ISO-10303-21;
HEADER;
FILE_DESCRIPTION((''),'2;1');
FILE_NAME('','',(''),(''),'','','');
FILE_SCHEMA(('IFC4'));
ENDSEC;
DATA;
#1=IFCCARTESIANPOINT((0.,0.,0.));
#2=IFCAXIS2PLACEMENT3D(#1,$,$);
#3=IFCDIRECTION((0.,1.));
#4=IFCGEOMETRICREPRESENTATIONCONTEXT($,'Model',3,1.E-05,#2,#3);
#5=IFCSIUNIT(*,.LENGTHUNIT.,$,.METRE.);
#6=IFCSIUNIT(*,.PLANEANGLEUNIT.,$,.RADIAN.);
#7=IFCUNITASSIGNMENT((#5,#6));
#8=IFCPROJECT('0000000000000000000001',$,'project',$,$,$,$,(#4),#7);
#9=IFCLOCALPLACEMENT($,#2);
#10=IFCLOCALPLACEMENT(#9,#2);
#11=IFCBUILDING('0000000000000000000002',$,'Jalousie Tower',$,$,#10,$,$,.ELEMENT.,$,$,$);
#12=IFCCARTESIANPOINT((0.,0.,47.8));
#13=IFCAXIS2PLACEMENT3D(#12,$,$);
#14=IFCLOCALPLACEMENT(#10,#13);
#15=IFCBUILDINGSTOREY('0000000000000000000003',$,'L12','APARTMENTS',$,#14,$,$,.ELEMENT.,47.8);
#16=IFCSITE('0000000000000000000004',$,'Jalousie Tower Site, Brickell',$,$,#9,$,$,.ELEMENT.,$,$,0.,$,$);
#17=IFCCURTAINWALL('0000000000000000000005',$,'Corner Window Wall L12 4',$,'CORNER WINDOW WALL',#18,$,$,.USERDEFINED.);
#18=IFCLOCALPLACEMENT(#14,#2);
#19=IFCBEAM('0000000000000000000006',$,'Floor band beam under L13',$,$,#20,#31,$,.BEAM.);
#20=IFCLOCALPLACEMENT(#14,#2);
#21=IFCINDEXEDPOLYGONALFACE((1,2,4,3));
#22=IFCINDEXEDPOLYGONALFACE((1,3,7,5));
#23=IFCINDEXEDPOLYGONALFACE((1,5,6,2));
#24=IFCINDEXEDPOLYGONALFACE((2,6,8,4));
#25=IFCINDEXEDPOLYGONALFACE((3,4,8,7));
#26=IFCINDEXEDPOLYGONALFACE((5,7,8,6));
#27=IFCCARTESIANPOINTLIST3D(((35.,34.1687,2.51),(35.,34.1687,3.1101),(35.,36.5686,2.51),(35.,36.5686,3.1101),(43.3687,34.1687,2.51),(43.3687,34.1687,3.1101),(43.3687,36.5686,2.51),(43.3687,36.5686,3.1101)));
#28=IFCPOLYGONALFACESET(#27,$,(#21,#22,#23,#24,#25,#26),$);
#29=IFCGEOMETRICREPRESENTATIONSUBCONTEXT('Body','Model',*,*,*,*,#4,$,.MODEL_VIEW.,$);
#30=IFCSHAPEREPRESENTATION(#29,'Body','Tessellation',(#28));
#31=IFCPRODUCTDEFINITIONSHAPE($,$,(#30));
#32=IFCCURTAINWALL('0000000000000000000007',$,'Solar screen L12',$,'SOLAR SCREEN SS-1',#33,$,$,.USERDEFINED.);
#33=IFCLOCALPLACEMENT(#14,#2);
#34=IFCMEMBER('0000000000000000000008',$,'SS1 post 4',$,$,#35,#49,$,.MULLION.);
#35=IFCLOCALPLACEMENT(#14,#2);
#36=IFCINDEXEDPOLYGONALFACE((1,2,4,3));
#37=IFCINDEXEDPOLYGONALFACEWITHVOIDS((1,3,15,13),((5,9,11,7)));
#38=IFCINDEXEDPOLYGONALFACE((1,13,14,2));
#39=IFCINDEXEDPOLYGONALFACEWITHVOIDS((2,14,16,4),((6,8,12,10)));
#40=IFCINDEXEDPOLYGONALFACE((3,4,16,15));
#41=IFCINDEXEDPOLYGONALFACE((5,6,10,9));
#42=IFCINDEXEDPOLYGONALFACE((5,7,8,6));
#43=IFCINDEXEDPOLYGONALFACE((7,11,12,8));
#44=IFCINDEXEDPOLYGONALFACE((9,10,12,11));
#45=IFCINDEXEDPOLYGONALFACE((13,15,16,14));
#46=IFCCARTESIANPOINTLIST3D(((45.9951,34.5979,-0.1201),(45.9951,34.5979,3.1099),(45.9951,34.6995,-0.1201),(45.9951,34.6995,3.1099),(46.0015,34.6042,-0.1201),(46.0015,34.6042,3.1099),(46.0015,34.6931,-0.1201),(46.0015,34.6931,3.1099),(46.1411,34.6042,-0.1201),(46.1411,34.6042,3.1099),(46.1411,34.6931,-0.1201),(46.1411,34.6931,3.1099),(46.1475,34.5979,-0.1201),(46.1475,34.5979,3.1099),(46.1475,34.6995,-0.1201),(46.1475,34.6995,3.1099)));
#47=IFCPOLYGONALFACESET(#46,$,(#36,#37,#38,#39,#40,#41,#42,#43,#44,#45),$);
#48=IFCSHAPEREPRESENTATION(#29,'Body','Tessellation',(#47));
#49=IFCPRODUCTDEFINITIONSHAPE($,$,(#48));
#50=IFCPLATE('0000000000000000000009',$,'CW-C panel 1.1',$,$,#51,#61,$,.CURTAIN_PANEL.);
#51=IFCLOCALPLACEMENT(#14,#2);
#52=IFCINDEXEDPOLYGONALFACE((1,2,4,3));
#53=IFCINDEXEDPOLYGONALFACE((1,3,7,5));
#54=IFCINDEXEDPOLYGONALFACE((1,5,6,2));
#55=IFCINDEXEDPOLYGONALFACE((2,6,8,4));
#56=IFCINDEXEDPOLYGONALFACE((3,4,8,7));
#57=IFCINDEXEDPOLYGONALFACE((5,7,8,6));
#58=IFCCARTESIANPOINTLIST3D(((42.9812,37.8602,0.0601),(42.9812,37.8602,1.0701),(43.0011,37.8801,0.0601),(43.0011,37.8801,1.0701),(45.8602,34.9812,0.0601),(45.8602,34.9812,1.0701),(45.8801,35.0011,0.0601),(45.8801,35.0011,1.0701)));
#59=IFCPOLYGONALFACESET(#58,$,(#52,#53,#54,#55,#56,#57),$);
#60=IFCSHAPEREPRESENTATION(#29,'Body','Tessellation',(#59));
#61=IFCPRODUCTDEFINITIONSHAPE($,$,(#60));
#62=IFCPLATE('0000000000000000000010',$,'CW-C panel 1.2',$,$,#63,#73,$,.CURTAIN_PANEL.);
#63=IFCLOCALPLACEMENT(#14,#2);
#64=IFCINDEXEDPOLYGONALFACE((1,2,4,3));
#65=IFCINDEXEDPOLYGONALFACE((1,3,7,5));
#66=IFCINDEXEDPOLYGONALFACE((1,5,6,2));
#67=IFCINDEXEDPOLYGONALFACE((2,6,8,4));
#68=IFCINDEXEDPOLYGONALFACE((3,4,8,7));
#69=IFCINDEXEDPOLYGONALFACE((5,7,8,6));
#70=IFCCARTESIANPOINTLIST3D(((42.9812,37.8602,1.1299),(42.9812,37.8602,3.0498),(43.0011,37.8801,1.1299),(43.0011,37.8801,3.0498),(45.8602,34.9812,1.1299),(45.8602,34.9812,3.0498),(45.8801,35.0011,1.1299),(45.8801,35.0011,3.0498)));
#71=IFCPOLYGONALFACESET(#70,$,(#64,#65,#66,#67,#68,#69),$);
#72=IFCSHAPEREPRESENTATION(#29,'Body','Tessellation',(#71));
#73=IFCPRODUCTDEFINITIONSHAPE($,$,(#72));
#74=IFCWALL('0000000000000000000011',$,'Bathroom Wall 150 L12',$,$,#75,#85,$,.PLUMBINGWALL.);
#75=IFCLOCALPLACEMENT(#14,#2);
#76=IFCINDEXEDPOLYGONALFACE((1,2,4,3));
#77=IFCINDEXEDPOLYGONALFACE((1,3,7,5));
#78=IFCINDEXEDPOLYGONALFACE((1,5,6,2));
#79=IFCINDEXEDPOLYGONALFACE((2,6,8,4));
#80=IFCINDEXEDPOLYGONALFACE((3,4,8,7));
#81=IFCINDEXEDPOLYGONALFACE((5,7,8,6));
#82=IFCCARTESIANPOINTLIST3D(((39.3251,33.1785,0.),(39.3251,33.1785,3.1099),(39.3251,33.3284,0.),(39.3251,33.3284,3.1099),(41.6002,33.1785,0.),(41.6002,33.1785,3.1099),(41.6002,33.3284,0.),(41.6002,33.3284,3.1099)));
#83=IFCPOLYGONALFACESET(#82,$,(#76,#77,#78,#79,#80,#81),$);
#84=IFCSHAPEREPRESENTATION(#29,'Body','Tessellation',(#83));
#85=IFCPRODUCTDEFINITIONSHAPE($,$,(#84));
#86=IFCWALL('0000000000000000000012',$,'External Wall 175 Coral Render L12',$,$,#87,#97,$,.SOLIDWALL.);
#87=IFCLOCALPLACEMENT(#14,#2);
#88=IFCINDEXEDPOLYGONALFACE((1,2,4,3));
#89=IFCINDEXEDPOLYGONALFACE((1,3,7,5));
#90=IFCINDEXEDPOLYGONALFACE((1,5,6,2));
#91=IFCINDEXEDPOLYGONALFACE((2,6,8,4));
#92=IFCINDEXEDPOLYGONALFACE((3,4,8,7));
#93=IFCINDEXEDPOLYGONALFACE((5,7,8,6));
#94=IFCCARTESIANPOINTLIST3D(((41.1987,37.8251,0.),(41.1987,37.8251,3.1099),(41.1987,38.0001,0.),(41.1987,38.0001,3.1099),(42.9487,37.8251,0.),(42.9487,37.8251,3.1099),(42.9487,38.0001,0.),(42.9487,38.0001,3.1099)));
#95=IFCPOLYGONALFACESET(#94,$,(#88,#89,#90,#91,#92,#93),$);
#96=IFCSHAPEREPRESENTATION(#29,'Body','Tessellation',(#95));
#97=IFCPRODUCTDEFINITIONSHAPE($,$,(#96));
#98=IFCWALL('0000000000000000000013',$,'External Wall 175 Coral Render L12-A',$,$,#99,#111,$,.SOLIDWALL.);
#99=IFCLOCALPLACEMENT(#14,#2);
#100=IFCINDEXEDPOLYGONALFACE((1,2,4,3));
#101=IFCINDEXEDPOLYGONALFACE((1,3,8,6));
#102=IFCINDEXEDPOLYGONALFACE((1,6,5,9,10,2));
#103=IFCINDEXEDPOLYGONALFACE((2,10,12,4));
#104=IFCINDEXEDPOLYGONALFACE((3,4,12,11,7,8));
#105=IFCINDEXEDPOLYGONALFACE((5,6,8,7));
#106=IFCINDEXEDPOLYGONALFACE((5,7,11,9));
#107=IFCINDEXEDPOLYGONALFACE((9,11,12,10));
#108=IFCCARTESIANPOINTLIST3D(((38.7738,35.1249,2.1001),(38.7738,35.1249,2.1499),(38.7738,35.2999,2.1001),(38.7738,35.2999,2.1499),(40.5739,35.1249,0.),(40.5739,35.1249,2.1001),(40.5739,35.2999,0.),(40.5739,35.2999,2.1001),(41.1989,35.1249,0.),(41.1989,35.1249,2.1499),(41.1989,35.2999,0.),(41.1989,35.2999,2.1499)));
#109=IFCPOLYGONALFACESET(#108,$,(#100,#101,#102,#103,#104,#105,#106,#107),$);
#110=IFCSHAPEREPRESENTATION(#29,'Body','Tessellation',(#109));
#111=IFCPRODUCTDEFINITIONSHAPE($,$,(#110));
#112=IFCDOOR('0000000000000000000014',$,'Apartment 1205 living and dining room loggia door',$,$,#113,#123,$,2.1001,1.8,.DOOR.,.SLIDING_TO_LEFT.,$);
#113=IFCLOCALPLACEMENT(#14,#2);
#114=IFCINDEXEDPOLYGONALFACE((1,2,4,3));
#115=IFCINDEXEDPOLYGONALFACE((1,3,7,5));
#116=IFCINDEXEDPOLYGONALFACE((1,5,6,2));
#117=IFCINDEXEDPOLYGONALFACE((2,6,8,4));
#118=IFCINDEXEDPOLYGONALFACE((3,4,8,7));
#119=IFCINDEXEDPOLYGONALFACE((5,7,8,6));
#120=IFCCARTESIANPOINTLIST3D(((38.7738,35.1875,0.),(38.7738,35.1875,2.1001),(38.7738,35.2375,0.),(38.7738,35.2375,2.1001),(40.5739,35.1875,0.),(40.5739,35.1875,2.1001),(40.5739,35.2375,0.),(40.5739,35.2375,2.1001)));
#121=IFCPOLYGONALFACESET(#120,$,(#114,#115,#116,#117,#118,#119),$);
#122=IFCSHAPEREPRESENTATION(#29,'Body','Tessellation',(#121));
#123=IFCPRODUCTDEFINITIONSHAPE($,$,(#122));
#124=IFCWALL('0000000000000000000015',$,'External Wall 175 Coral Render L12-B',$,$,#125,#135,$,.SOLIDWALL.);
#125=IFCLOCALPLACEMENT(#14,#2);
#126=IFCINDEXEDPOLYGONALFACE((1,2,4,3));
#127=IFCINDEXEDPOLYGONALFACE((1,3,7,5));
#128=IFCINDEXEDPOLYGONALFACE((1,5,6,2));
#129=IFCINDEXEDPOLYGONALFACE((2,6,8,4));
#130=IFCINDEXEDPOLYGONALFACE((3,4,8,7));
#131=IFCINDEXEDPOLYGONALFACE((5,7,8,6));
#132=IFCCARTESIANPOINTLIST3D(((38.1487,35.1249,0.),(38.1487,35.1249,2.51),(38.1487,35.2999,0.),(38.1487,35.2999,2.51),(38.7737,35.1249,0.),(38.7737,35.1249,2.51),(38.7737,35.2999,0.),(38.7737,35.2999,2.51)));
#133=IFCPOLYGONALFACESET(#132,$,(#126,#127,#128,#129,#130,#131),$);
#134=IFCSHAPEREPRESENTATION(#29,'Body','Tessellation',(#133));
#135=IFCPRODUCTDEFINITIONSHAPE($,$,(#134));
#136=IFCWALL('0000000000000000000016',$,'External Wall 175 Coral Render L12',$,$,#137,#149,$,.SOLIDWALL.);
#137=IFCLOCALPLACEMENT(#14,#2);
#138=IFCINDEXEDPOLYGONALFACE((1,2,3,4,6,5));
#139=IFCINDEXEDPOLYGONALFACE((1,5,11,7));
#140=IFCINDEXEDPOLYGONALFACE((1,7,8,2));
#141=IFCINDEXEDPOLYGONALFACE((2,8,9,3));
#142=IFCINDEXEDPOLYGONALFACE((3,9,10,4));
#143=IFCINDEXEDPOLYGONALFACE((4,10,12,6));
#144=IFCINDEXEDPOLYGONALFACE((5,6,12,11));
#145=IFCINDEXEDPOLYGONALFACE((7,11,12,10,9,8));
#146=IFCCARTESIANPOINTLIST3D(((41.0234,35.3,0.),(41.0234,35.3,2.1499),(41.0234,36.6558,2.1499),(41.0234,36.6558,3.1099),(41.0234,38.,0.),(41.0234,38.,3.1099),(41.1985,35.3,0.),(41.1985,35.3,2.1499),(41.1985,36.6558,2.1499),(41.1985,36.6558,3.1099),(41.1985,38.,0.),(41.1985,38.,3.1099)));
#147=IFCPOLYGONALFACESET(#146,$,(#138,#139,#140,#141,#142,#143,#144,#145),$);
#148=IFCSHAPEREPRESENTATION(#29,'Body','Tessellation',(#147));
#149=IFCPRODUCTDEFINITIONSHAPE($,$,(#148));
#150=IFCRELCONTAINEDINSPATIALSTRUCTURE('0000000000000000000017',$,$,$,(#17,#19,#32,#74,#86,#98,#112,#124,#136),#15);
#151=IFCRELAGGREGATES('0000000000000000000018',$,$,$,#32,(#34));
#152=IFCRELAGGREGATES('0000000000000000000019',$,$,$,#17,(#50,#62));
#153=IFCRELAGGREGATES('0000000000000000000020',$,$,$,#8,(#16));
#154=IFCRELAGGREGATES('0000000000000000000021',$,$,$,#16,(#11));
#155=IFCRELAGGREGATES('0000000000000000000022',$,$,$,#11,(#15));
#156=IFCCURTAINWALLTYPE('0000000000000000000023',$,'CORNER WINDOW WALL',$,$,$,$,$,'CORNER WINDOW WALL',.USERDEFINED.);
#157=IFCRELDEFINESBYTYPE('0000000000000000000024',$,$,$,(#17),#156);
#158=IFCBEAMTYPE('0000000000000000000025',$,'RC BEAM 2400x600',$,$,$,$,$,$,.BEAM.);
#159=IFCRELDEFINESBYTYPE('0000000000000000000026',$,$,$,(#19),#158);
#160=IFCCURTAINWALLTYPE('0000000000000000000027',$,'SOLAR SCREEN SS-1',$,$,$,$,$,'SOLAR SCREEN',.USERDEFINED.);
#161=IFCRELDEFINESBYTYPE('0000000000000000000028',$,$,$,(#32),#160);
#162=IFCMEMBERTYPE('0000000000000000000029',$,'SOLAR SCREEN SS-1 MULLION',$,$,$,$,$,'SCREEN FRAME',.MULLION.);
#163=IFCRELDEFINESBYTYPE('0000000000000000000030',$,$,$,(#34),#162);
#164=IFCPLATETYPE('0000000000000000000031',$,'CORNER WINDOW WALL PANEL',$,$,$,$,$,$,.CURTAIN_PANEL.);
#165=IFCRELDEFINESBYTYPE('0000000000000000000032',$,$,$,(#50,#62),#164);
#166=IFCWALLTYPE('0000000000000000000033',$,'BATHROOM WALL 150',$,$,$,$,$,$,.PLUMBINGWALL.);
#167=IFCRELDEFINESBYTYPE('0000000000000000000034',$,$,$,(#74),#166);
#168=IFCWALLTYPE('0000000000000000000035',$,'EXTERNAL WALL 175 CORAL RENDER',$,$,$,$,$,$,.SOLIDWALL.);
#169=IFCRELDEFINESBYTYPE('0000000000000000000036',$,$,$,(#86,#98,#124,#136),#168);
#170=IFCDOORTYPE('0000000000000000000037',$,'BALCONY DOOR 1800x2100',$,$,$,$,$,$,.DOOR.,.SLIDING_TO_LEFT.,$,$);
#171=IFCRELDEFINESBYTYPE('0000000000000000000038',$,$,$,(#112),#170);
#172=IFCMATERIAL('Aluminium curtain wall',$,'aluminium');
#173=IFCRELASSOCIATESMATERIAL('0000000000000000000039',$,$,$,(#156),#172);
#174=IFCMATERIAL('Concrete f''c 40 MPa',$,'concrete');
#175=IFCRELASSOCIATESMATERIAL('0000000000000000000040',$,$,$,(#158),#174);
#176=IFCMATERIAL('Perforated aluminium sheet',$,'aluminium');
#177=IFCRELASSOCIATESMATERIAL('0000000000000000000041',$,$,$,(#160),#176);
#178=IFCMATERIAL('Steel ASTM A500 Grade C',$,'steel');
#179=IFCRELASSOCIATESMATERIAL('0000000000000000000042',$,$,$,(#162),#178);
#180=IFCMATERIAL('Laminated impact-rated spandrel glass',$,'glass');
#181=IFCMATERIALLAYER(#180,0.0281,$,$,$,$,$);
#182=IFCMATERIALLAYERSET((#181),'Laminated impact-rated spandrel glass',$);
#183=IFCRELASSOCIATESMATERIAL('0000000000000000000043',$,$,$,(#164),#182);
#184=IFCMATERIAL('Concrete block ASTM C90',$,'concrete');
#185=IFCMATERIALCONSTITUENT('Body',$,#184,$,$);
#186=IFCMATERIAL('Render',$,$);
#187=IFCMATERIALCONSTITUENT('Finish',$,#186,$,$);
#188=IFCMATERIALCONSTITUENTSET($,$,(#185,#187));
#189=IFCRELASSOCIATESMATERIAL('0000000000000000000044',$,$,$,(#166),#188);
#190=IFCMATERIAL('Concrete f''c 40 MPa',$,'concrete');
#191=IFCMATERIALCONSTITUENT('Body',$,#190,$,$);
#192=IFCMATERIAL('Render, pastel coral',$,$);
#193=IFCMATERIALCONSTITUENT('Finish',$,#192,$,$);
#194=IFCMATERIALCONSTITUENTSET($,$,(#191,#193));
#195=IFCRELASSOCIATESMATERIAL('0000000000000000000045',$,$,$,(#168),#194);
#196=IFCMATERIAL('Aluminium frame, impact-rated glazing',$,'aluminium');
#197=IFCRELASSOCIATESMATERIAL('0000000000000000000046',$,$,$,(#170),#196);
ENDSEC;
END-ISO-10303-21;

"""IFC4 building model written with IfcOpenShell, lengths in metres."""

from ifc_helpers import new_model, si_unit, direction, frame, frame_2d, origin, origin_2d, place, context, subcontext, project, spatial, polyline, rectangle, hollow_rectangle, outline, extrude, material, layer, layer_set, constituent, constituent_set, material_profile, profile_set, type_object, element, fill, aggregate, save


model = new_model("IFC4")

# Units and contexts
model_context = context("Model", 3, precision=1e-05, world=origin(), true_north=direction((0.0, 1.0)))
body_context = subcontext(model_context, "Body", "Model", "MODEL_VIEW")
ifc_project = project(units=[si_unit("LENGTHUNIT", "METRE"), si_unit("PLANEANGLEUNIT", "RADIAN")], contexts=[model_context])

# Site, building, storey
site_placement = place(None, origin())
site = spatial("IfcSite", under=ifc_project, at=site_placement, Name="Jalousie Tower Site, Brickell", CompositionType="ELEMENT", RefElevation=0.0)
building_placement = place(site_placement, origin())
building = spatial("IfcBuilding", under=site, at=building_placement, Name="Jalousie Tower", CompositionType="ELEMENT")
storey_placement = place(building_placement, frame((0.0, 0.0, 47.8)))
storey = spatial("IfcBuildingStorey", under=building, at=storey_placement, Name="L12", Description="APARTMENTS", CompositionType="ELEMENT", Elevation=47.8)

# Curtain wall
ifc_material_1 = material(Name="Aluminium curtain wall", Category="aluminium")
curtain_wall_type_1 = type_object("IfcCurtainWallType", Name="CORNER WINDOW WALL", ElementType="CORNER WINDOW WALL", PredefinedType="USERDEFINED", material=ifc_material_1)
curtain_wall_1_placement = place(storey_placement, origin())
curtain_wall_1 = element("IfcCurtainWall", 1, at=curtain_wall_1_placement, inside=storey, type_object=curtain_wall_type_1, Name="Corner Window Wall L12 4", ObjectType="CORNER WINDOW WALL", PredefinedType="USERDEFINED")

# Beam
ifc_material_2 = material(Name="Concrete f'c 40 MPa", Category="concrete")
ifc_material_profile_1 = material_profile(ifc_material_2, rectangle(XDim=2.3999, YDim=0.6001, at=origin_2d()), Name="RC 2400x600")
ifc_profile_set_1 = profile_set([ifc_material_profile_1], Name="Concrete f'c 40 MPa")
beam_type_1 = type_object("IfcBeamType", Name="RC BEAM 2400x600", PredefinedType="BEAM", material=ifc_profile_set_1)
beam_1_placement = place(storey_placement, frame((43.3687, 35.3687, 2.8101), z_axis=(-1.0, 0.0, 0.0), x_axis=(0.0, -1.0, 0.0)))
element("IfcBeam", 2, at=beam_1_placement, inside=storey, type_object=beam_type_1, Name="Floor band beam under L13", PredefinedType="BEAM", context=body_context, shape_type="SweptSolid", body=[
    extrude(rectangle(XDim=2.3999, YDim=0.6001, at=origin_2d()), origin(), (0.0, 0.0, 1.0), 8.3687),
])

# Curtain wall, member
ifc_material_3 = material(Name="Perforated aluminium sheet", Category="aluminium")
curtain_wall_type_2 = type_object("IfcCurtainWallType", Name="SOLAR SCREEN SS-1", ElementType="SOLAR SCREEN", PredefinedType="USERDEFINED", material=ifc_material_3)
curtain_wall_2_placement = place(storey_placement, origin())
curtain_wall_2 = element("IfcCurtainWall", 3, at=curtain_wall_2_placement, inside=storey, type_object=curtain_wall_type_2, Name="Solar screen L12", ObjectType="SOLAR SCREEN SS-1", PredefinedType="USERDEFINED")
ifc_material_4 = material(Name="Steel ASTM A500 Grade C", Category="steel")
ifc_material_profile_2 = material_profile(ifc_material_4, hollow_rectangle(XDim=0.1016, YDim=0.1523, WallThickness=0.0063, at=origin_2d()), Name="HSS6X4X1/4")
ifc_profile_set_2 = profile_set([ifc_material_profile_2], Name="Steel ASTM A500 Grade C")
member_type_1 = type_object("IfcMemberType", Name="SOLAR SCREEN SS-1 MULLION", ElementType="SCREEN FRAME", PredefinedType="MULLION", material=ifc_profile_set_2)
member_1_placement = place(storey_placement, frame((46.0713, 34.6487, -0.1201), z_axis=(0.0, 0.0, 1.0), x_axis=(0.0, 1.0, 0.0)))
member_1 = element("IfcMember", 4, at=member_1_placement, type_object=member_type_1, Name="SS1 post 4", PredefinedType="MULLION", context=body_context, shape_type="SweptSolid", body=[
    extrude(hollow_rectangle(XDim=0.1016, YDim=0.1523, WallThickness=0.0063, at=origin_2d()), origin(), (0.0, 0.0, 1.0), 3.23),
])
aggregate(curtain_wall_2, [member_1])

# Plates
ifc_material_5 = material(Name="Laminated impact-rated spandrel glass", Category="glass")
ifc_layer_1 = layer(ifc_material_5, 0.0281)
ifc_layer_set_1 = layer_set([ifc_layer_1], Name="Laminated impact-rated spandrel glass")
plate_type = type_object("IfcPlateType", Name="CORNER WINDOW WALL PANEL", PredefinedType="CURTAIN_PANEL", material=ifc_layer_set_1)
plate_1_placement = place(storey_placement, frame((44.4307, 36.4307, 0.0601), z_axis=(0.0, 0.0, 1.0), x_axis=(-0.707107, 0.707107, 0.0)))
plate_1 = element("IfcPlate", 5, at=plate_1_placement, type_object=plate_type, Name="CW-C panel 1.1", PredefinedType="CURTAIN_PANEL", context=body_context, shape_type="SweptSolid", body=[
    extrude(rectangle(XDim=4.0715, YDim=0.0281, at=origin_2d()), origin(), (0.0, 0.0, 1.0), 1.01),
])
plate_2_placement = place(storey_placement, frame((44.4307, 36.4307, 1.1299), z_axis=(0.0, 0.0, 1.0), x_axis=(-0.707107, 0.707107, 0.0)))
plate_2 = element("IfcPlate", 6, at=plate_2_placement, type_object=plate_type, Name="CW-C panel 1.2", PredefinedType="CURTAIN_PANEL", context=body_context, shape_type="SweptSolid", body=[
    extrude(rectangle(XDim=4.0715, YDim=0.0281, at=origin_2d()), origin(), (0.0, 0.0, 1.0), 1.9199),
])
aggregate(curtain_wall_1, [plate_1, plate_2])

# Walls
ifc_material_6 = material(Name="Concrete block ASTM C90", Category="concrete")
ifc_constituent_1 = constituent(ifc_material_6, Name="Body")
ifc_material_7 = material(Name="Render")
ifc_constituent_2 = constituent(ifc_material_7, Name="Finish")
ifc_constituent_set_1 = constituent_set(constituents=[ifc_constituent_1, ifc_constituent_2])
wall_type_1 = type_object("IfcWallType", Name="BATHROOM WALL 150", PredefinedType="PLUMBINGWALL", material=ifc_constituent_set_1)
wall_1_placement = place(storey_placement, frame((39.325, 33.2534, 0.0), z_axis=(0.0, 0.0, 1.0), x_axis=(1.0, 0.0, 0.0)))
element("IfcWall", 7, at=wall_1_placement, inside=storey, type_object=wall_type_1, Name="Bathroom Wall 150 L12", PredefinedType="PLUMBINGWALL", context=body_context, shape_type="SweptSolid", body=[
    extrude(rectangle(XDim=2.2751, YDim=0.1499, at=frame_2d((1.1377, 0.0))), origin(), (0.0, 0.0, 1.0), 3.1099),
])
ifc_material_8 = material(Name="Concrete f'c 40 MPa", Category="concrete")
ifc_constituent_3 = constituent(ifc_material_8, Name="Body")
ifc_material_9 = material(Name="Render, pastel coral")
ifc_constituent_4 = constituent(ifc_material_9, Name="Finish")
ifc_constituent_set_2 = constituent_set(constituents=[ifc_constituent_3, ifc_constituent_4])
wall_type_2 = type_object("IfcWallType", Name="EXTERNAL WALL 175 CORAL RENDER", PredefinedType="SOLIDWALL", material=ifc_constituent_set_2)
wall_2_placement = place(storey_placement, frame((42.9487, 37.9126, 0.0), z_axis=(0.0, 0.0, 1.0), x_axis=(-1.0, 0.0, 0.0)))
element("IfcWall", 8, at=wall_2_placement, inside=storey, type_object=wall_type_2, Name="External Wall 175 Coral Render L12", PredefinedType="SOLIDWALL", context=body_context, shape_type="SweptSolid", body=[
    extrude(rectangle(XDim=1.75, YDim=0.175, at=frame_2d((0.875, 0.0))), origin(), (0.0, 0.0, 1.0), 3.1099),
])

# Wall, opening, door
wall_3_placement = place(storey_placement, frame((41.1987, 35.2124, 0.0), z_axis=(0.0, 0.0, 1.0), x_axis=(-1.0, 0.0, 0.0)))
wall_3 = element("IfcWall", 9, at=wall_3_placement, inside=storey, type_object=wall_type_2, Name="External Wall 175 Coral Render L12-A", PredefinedType="SOLIDWALL", context=body_context, shape_type="SweptSolid", body=[
    extrude(rectangle(XDim=2.425, YDim=0.175, at=frame_2d((1.2124, 0.0))), origin(), (0.0, 0.0, 1.0), 2.1499),
])
opening_1_placement = place(wall_3_placement, frame((0.625, 0.0, 0.0)))
opening_1 = element("IfcOpeningElement", 10, at=opening_1_placement, cuts=wall_3, PredefinedType="OPENING", context=body_context, shape_type="SweptSolid", body=[
    extrude(rectangle(XDim=1.8, YDim=2.1001, at=frame_2d((0.8999, 1.05))), frame((0.0, 0.0974, 0.0), z_axis=(0.0, -1.0, 0.0), x_axis=(1.0, 0.0, 0.0)), (0.0, 0.0, 1.0), 0.1951),
])
ifc_material_10 = material(Name="Aluminium frame, impact-rated glazing", Category="aluminium")
door_type_1 = type_object("IfcDoorType", Name="BALCONY DOOR 1800x2100", OperationType="SLIDING_TO_LEFT", PredefinedType="DOOR", material=ifc_material_10)
door_1_placement = place(opening_1_placement, origin())
door_1 = element("IfcDoor", 11, at=door_1_placement, inside=storey, type_object=door_type_1, Name="Apartment 1205 living and dining room loggia door", OperationType="SLIDING_TO_LEFT", OverallHeight=2.1001, OverallWidth=1.8, PredefinedType="DOOR", context=body_context, shape_type="SweptSolid", body=[
    extrude(rectangle(XDim=1.8, YDim=2.1001, at=frame_2d((0.8999, 1.05))), frame((0.0, 0.0249, 0.0), z_axis=(0.0, -1.0, 0.0), x_axis=(1.0, 0.0, 0.0)), (0.0, 0.0, 1.0), 0.05),
])
fill(opening_1, door_1)

# Walls
wall_4_placement = place(storey_placement, frame((38.7737, 35.2124, 0.0), z_axis=(0.0, 0.0, 1.0), x_axis=(-1.0, 0.0, 0.0)))
element("IfcWall", 12, at=wall_4_placement, inside=storey, type_object=wall_type_2, Name="External Wall 175 Coral Render L12-B", PredefinedType="SOLIDWALL", context=body_context, shape_type="SweptSolid", body=[
    extrude(rectangle(XDim=0.625, YDim=0.175, at=frame_2d((0.3125, 0.0))), origin(), (0.0, 0.0, 1.0), 2.51),
])
wall_5_placement = place(storey_placement, frame((41.1111, 38.0, 0.0), z_axis=(0.0, 0.0, 1.0), x_axis=(0.0, -1.0, 0.0)))
element("IfcWall", 13, at=wall_5_placement, inside=storey, type_object=wall_type_2, Name="External Wall 175 Coral Render L12", PredefinedType="SOLIDWALL", context=body_context, shape_type="SweptSolid", body=[
    extrude(outline(polyline([(0.0, 0.0), (2.7, 0.0), (2.7, 2.1499), (1.3442, 2.1499), (1.3442, 3.1099), (0.0, 3.1099), (0.0, 0.0)])), frame((0.0, 0.0874, 0.0), z_axis=(0.0, -1.0, 0.0), x_axis=(1.0, 0.0, 0.0)), (0.0, 0.0, 1.0), 0.175),
])

save(model, "model.ifc")
